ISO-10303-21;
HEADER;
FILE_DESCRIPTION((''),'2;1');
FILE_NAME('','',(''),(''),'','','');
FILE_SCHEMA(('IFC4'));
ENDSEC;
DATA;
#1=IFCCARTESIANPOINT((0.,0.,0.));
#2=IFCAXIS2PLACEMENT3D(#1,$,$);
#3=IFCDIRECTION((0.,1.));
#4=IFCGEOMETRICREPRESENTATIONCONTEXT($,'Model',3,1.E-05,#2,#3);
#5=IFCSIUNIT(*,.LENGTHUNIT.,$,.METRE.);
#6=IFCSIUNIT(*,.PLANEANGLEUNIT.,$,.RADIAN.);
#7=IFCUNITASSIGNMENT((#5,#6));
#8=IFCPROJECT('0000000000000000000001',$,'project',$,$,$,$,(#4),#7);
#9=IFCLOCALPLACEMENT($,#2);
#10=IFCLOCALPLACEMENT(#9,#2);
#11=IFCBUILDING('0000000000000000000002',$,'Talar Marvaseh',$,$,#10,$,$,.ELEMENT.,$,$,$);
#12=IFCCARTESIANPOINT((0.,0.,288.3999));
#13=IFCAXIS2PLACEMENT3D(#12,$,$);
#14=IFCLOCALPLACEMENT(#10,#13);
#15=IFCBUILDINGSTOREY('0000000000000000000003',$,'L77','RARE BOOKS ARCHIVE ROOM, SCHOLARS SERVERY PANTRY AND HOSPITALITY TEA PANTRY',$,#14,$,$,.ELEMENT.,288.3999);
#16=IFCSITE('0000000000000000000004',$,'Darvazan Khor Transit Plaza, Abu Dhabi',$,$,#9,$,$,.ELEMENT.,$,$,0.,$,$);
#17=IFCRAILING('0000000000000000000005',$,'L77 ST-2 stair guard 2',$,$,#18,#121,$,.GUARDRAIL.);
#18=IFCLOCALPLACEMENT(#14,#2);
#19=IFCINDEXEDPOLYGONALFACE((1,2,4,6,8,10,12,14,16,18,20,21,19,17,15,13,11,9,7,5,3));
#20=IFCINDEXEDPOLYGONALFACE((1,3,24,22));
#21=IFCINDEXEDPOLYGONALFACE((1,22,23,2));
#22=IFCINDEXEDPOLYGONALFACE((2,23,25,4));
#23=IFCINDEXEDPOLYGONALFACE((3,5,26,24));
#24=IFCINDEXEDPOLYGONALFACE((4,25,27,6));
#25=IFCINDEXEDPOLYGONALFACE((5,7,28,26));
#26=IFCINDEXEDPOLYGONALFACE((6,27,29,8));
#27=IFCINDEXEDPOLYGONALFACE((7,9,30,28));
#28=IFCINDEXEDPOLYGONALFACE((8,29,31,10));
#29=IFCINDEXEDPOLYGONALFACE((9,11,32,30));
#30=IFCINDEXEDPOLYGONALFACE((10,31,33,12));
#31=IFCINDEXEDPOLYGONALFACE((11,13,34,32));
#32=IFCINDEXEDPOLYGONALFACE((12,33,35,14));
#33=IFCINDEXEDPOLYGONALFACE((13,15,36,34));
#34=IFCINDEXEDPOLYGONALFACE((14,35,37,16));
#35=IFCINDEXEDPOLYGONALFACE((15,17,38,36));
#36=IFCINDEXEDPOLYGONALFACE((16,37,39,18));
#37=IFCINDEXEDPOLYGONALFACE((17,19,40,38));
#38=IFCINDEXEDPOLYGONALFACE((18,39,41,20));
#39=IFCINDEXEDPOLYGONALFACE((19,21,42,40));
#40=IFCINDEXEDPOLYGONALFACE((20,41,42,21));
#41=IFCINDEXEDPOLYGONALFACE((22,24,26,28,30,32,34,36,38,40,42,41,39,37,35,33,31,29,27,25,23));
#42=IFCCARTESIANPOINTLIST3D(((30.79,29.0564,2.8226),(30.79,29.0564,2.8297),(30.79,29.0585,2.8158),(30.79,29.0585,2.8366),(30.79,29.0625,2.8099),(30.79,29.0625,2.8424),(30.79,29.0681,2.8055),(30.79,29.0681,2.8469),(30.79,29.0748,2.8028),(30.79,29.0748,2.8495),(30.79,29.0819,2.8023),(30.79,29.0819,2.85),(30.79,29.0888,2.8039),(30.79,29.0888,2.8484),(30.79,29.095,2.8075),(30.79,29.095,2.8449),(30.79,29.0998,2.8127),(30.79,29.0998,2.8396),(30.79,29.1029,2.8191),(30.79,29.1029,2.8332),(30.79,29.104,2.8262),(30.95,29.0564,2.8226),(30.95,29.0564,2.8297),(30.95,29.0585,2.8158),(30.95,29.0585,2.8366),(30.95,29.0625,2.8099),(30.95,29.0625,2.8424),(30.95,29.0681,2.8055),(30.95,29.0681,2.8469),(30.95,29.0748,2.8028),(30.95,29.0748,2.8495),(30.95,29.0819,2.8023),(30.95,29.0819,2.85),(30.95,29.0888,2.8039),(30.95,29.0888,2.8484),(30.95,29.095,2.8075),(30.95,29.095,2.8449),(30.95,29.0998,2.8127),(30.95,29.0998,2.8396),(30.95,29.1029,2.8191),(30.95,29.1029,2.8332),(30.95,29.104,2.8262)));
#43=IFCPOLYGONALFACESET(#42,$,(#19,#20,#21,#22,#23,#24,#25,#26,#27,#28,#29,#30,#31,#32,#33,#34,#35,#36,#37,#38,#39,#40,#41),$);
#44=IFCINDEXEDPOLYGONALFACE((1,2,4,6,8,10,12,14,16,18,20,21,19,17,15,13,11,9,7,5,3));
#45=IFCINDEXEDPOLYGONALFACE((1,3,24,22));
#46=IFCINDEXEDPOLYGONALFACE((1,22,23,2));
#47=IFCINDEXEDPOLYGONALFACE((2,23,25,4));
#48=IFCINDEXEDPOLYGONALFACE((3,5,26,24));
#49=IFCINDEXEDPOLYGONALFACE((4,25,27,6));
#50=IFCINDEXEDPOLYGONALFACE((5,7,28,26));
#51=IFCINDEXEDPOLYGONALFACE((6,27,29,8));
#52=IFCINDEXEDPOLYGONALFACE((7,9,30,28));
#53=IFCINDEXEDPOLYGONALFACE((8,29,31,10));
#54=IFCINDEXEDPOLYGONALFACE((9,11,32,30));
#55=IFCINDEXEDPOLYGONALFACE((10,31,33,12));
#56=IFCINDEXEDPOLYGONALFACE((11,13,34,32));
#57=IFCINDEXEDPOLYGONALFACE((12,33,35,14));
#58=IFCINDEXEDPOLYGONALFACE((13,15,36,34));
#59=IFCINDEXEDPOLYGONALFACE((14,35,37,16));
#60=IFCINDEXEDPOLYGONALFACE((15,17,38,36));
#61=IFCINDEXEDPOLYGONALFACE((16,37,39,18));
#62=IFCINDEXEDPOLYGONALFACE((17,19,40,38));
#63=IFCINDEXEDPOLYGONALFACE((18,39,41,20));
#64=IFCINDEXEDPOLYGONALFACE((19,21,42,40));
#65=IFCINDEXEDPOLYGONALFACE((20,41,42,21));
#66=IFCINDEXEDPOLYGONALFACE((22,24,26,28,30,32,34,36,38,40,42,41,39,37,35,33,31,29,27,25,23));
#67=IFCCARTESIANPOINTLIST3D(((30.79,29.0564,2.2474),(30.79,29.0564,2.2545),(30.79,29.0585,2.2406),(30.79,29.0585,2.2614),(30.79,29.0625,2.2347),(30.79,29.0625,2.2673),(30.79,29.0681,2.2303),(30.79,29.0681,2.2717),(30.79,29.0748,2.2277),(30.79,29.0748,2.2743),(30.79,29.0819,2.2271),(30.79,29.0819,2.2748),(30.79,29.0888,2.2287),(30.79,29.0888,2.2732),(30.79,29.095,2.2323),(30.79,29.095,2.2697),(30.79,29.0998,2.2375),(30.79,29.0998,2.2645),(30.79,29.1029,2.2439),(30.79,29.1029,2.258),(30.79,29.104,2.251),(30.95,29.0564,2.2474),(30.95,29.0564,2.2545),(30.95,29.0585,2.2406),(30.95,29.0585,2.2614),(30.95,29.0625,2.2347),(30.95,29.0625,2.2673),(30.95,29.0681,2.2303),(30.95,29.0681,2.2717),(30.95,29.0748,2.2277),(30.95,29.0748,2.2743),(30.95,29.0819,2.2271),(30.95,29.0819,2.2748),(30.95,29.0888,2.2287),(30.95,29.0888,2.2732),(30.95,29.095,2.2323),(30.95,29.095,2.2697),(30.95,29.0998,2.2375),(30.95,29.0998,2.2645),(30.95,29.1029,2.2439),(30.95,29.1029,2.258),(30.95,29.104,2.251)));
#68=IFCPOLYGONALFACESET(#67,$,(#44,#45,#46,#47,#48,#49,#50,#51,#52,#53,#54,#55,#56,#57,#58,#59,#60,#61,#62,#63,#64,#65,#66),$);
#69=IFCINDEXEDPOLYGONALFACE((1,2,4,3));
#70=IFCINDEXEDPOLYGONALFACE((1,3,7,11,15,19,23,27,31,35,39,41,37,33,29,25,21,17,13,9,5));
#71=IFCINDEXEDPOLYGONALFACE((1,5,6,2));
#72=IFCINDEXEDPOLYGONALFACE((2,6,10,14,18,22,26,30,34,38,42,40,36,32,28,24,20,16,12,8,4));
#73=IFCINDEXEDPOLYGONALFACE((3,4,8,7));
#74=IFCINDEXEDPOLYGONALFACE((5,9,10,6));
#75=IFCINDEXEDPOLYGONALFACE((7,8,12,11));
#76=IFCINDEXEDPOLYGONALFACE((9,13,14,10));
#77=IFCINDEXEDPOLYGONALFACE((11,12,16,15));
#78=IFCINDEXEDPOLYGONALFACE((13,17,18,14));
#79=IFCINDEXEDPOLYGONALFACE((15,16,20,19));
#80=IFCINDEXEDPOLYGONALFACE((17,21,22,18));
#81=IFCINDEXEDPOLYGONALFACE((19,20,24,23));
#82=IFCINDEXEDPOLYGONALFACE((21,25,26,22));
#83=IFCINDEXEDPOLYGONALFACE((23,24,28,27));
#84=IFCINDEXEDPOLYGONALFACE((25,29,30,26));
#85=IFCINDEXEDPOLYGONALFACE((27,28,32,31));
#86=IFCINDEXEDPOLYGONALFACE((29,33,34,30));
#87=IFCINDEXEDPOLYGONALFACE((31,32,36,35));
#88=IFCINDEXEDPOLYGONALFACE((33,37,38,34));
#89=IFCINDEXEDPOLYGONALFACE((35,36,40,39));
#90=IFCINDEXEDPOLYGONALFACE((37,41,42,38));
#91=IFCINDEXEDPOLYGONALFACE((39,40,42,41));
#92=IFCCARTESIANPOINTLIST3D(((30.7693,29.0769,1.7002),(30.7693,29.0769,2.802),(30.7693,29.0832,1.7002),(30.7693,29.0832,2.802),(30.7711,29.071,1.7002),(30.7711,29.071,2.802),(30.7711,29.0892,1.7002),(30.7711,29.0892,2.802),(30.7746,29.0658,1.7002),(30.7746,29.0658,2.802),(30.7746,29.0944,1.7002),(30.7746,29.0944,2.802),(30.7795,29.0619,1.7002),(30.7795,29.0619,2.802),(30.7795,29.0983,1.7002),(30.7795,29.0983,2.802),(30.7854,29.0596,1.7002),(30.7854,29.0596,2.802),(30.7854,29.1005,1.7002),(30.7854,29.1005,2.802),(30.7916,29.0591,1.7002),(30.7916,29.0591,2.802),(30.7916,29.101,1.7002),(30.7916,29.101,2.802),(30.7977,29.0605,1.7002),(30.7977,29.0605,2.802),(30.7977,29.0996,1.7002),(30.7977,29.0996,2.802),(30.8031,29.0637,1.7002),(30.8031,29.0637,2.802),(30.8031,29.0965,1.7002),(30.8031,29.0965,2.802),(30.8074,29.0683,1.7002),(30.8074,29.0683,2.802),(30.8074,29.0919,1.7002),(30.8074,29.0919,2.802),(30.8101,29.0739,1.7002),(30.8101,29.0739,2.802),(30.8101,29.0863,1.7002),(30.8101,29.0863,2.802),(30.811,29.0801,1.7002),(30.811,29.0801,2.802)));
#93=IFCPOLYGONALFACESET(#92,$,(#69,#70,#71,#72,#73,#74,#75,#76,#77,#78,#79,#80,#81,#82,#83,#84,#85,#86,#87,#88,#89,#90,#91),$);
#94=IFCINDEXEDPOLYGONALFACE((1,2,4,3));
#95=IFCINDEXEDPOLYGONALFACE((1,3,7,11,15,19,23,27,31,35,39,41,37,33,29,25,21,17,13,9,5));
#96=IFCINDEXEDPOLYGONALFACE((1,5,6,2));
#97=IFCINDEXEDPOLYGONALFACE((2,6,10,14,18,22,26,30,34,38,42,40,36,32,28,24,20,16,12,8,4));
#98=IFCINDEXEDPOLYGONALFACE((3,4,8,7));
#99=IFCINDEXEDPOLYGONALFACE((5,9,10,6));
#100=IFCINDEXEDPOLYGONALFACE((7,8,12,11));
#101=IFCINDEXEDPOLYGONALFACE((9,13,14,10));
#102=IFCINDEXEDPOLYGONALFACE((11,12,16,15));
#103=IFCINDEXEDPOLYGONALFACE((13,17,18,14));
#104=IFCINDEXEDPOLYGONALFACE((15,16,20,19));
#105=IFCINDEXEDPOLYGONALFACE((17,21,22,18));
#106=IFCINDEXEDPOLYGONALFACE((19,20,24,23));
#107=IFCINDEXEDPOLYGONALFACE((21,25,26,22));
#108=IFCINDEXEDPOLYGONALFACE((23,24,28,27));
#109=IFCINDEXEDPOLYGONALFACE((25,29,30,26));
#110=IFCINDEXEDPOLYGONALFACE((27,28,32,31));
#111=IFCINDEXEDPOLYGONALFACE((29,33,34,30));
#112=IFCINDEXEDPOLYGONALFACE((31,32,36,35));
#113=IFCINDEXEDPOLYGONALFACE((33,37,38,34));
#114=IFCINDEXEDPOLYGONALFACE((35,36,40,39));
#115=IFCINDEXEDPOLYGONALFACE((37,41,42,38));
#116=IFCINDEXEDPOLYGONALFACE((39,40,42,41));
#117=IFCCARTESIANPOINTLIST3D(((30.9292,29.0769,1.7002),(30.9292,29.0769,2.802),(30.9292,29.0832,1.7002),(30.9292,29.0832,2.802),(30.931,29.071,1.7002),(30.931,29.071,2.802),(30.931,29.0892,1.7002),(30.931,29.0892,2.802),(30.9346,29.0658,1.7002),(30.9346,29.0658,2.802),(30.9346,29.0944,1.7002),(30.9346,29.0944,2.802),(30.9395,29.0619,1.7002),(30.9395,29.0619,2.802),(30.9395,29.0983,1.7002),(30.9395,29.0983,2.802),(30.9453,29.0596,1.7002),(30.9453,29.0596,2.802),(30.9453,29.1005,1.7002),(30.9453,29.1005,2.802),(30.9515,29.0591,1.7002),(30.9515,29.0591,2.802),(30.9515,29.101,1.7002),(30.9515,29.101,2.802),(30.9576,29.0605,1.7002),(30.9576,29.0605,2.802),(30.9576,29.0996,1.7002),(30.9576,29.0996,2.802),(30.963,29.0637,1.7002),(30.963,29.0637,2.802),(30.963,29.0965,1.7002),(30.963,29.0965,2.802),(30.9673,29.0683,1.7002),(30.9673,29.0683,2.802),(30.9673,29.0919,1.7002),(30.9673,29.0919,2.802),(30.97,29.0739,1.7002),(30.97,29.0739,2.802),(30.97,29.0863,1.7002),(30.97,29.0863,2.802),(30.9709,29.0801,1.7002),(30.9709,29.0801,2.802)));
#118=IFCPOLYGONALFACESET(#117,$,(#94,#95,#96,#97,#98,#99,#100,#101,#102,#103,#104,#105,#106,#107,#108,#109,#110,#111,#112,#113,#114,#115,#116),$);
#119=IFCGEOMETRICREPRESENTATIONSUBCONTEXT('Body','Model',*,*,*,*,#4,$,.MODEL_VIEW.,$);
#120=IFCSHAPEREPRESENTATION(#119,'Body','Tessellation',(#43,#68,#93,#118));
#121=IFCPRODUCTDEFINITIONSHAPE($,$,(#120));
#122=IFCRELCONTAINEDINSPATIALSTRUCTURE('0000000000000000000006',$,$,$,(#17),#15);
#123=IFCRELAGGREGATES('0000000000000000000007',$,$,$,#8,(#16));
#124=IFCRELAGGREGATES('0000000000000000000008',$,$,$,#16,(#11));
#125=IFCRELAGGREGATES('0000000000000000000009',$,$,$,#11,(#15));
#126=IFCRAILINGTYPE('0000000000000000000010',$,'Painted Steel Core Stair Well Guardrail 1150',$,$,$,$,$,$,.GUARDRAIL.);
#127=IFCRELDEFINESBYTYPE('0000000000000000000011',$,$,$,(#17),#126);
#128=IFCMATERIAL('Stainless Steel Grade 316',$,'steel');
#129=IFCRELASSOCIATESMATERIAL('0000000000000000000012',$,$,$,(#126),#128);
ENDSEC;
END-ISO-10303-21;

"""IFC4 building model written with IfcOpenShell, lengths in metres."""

from ifc_helpers import new_model, si_unit, direction, frame, origin, origin_2d, place, context, subcontext, project, spatial, circle, extrude, material, type_object, element, save


model = new_model("IFC4")

# Units and contexts
model_context = context("Model", 3, precision=1e-05, world=origin(), true_north=direction((0.0, 1.0)))
body_context = subcontext(model_context, "Body", "Model", "MODEL_VIEW")
ifc_project = project(units=[si_unit("LENGTHUNIT", "METRE"), si_unit("PLANEANGLEUNIT", "RADIAN")], contexts=[model_context])

# Site, building, storey
site_placement = place(None, origin())
site = spatial("IfcSite", under=ifc_project, at=site_placement, Name="Darvazan Khor Transit Plaza, Abu Dhabi", CompositionType="ELEMENT", RefElevation=0.0)
building_placement = place(site_placement, origin())
building = spatial("IfcBuilding", under=site, at=building_placement, Name="Talar Marvaseh", CompositionType="ELEMENT")
storey_placement = place(building_placement, frame((0.0, 0.0, 288.3999)))
storey = spatial("IfcBuildingStorey", under=building, at=storey_placement, Name="L77", Description="RARE BOOKS ARCHIVE ROOM, SCHOLARS SERVERY PANTRY AND HOSPITALITY TEA PANTRY", CompositionType="ELEMENT", Elevation=288.3999)

# Shared definitions
ifc_material_1 = material(Name="Stainless Steel Grade 316", Category="steel")

# Railing
railing_type_1 = type_object("IfcRailingType", Name="Painted Steel Core Stair Well Guardrail 1150", PredefinedType="GUARDRAIL", material=ifc_material_1)
railing_1_placement = place(storey_placement, frame((30.79, 29.0801, 1.7002)))
element("IfcRailing", 1, at=railing_1_placement, inside=storey, type_object=railing_type_1, Name="L77 ST-2 stair guard 2", PredefinedType="GUARDRAIL", context=body_context, shape_type="SweptSolid", body=[
    extrude(circle(Radius=0.0239, at=origin_2d()), frame((0.0, 0.0, 1.126), z_axis=(1.0, 0.0, 0.0), x_axis=(0.0, 1.0, 0.0)), (0.0, 0.0, 1.0), 0.1599),
    extrude(circle(Radius=0.0239, at=origin_2d()), frame((0.0, 0.0, 0.5508), z_axis=(1.0, 0.0, 0.0), x_axis=(0.0, 1.0, 0.0)), (0.0, 0.0, 1.0), 0.1599),
    extrude(circle(Radius=0.021, at=origin_2d()), origin(), (0.0, 0.0, 1.0), 1.1018),
    extrude(circle(Radius=0.021, at=origin_2d()), frame((0.1599, 0.0, 0.0)), (0.0, 0.0, 1.0), 1.1018),
])

save(model, "model.ifc")
